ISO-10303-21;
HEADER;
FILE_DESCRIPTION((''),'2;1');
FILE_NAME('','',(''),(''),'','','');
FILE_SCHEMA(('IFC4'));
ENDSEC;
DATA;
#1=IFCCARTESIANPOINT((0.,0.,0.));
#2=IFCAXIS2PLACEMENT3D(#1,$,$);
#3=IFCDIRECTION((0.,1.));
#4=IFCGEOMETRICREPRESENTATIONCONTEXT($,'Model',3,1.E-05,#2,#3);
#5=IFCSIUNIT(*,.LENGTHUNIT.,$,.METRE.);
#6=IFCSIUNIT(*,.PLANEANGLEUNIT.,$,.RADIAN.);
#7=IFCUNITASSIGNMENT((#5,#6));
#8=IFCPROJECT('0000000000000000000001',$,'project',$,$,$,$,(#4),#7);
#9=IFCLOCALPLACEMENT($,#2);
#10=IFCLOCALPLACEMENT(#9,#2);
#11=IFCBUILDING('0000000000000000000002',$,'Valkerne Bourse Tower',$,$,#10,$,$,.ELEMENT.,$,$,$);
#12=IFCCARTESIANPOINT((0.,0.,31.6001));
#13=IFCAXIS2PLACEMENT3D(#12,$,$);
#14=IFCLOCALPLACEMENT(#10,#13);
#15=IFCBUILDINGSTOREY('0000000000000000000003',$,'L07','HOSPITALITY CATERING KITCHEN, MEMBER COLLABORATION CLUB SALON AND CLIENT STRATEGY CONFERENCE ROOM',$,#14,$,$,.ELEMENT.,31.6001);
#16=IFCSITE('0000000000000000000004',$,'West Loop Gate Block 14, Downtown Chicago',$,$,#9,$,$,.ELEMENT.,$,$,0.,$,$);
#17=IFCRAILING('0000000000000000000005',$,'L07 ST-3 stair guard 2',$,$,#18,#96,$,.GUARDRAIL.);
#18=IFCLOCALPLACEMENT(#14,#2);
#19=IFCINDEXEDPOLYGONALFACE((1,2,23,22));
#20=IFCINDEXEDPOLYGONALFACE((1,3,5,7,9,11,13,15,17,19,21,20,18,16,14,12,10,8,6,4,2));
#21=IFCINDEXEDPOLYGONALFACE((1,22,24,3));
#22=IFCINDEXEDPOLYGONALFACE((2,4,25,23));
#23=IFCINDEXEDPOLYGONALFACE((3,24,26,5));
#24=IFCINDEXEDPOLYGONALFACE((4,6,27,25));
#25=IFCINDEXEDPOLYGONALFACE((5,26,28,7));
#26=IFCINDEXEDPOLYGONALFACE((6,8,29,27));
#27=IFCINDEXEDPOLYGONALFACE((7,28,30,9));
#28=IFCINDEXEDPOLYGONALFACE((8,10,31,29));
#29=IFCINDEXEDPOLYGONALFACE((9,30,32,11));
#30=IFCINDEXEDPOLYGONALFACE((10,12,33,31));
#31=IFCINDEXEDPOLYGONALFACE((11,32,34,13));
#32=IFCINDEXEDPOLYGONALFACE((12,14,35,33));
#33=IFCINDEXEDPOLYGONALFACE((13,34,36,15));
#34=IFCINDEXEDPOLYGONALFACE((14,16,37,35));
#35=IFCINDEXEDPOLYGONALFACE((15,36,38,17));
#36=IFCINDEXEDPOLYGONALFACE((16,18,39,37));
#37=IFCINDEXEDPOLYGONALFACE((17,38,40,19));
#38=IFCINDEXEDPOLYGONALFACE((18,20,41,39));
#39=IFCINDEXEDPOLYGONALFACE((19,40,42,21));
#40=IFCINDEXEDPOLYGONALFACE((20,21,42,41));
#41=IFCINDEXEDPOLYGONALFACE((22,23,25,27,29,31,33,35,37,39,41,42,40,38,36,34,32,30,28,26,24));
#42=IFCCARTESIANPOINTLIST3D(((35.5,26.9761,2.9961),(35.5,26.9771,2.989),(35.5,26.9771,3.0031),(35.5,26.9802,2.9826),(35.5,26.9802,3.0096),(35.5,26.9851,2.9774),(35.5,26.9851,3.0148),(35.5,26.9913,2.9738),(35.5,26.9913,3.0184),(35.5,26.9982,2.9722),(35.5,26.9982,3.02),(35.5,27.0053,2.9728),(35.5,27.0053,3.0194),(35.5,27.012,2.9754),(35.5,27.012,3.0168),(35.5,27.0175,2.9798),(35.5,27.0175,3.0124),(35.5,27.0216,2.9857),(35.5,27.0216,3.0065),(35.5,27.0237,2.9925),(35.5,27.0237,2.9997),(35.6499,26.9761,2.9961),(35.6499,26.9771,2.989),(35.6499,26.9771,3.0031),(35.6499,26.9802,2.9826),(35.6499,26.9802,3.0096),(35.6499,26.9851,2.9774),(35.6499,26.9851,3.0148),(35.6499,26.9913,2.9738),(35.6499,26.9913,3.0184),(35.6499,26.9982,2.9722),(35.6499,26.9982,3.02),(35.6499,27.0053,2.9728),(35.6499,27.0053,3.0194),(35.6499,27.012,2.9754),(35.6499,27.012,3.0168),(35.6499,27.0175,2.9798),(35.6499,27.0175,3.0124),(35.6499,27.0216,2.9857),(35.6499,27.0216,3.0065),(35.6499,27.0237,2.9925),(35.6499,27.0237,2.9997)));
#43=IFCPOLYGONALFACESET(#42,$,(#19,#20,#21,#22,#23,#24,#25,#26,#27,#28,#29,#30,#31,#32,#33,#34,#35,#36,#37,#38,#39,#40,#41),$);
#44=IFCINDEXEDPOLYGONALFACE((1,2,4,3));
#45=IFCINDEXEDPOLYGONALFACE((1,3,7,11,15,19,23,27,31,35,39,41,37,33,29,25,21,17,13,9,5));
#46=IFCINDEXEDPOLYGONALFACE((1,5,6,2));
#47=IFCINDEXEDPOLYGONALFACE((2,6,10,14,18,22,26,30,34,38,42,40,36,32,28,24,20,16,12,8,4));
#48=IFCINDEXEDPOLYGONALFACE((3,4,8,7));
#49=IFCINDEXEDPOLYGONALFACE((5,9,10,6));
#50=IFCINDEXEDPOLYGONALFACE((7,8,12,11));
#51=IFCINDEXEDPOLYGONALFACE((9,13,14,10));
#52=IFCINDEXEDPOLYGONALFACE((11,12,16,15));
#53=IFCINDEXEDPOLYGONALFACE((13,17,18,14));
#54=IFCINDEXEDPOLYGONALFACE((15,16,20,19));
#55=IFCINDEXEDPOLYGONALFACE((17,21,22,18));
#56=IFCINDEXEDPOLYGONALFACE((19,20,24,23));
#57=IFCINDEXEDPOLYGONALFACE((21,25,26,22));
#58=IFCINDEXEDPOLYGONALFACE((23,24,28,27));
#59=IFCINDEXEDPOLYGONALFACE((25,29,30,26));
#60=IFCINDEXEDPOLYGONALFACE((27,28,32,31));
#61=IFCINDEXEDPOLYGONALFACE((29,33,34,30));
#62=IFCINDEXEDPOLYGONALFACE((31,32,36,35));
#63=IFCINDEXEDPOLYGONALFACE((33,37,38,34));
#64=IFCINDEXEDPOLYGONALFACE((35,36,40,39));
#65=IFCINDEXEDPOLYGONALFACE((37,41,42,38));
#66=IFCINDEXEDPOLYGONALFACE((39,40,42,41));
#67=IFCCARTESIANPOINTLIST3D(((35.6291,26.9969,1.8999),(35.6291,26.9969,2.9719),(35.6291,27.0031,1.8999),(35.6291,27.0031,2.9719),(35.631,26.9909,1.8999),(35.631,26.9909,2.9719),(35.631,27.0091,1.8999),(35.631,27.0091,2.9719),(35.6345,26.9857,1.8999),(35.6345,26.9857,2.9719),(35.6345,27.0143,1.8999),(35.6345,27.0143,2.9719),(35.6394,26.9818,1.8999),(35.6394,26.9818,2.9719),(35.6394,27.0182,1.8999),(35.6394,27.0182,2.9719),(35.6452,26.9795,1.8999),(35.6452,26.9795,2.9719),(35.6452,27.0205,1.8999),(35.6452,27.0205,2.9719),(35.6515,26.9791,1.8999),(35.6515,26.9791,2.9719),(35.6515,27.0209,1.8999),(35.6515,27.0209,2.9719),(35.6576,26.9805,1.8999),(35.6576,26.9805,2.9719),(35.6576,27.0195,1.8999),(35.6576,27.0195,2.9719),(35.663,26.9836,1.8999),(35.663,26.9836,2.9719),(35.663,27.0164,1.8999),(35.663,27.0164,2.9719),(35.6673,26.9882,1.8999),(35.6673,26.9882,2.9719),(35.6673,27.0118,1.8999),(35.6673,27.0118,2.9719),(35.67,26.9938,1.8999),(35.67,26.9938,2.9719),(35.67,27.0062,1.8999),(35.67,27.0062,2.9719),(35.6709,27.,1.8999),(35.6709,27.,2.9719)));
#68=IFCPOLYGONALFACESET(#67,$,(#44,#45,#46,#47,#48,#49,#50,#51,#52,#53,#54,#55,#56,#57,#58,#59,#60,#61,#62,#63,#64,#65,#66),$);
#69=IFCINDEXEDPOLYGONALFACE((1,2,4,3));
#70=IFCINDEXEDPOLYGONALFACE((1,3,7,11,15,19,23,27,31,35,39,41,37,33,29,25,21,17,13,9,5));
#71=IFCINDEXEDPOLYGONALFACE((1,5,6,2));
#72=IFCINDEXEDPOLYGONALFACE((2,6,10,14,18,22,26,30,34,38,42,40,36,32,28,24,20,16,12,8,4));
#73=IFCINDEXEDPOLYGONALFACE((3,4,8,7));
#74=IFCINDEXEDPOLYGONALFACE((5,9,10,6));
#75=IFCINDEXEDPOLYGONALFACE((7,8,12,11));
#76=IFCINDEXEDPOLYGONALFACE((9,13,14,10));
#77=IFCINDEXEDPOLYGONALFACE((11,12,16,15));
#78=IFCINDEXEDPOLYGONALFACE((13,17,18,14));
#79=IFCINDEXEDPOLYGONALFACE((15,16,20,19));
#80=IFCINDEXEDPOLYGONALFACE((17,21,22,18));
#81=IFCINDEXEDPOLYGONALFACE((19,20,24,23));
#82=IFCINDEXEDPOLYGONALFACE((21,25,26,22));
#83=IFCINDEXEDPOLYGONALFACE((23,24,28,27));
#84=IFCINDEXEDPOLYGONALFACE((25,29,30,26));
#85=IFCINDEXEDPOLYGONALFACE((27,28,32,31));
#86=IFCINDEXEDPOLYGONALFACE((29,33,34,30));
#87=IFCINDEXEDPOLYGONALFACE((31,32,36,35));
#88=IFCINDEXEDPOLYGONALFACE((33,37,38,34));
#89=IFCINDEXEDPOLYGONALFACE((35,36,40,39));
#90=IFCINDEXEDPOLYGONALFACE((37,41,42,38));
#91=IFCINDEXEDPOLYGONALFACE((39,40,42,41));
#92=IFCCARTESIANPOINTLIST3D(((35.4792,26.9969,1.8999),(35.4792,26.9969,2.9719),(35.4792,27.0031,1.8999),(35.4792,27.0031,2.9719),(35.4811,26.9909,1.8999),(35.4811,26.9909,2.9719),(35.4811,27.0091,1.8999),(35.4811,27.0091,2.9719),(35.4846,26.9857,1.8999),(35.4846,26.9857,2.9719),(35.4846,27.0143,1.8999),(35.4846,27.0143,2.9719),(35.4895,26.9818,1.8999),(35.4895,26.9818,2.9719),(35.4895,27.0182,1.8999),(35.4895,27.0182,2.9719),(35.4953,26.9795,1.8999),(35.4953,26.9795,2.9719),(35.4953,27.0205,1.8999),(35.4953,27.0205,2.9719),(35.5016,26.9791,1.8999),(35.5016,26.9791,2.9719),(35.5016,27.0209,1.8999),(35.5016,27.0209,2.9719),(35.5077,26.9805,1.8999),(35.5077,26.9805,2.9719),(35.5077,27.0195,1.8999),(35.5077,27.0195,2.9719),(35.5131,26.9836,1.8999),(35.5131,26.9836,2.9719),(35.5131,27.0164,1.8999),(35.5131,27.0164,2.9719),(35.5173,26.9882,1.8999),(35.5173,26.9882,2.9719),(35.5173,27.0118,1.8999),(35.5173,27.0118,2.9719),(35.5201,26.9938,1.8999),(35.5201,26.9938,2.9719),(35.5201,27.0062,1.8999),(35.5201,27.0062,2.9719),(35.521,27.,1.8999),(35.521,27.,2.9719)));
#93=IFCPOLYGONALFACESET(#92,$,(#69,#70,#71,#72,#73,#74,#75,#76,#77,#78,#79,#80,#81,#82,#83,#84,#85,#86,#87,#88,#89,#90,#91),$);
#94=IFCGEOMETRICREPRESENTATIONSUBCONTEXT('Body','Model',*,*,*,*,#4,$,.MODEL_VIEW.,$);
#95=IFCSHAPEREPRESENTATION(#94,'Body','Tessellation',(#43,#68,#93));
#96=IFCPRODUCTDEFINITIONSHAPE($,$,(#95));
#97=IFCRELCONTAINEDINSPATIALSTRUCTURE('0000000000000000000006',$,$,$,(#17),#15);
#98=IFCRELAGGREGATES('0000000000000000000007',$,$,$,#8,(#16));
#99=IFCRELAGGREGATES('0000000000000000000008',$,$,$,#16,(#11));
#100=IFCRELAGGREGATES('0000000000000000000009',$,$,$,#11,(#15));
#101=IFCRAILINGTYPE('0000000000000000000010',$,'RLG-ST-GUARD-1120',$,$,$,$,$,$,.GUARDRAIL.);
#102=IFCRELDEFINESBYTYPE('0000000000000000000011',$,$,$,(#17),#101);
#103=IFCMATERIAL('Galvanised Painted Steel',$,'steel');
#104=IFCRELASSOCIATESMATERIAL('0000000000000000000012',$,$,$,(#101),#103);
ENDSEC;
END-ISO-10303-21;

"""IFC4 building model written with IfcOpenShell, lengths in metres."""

from ifc_helpers import new_model, si_unit, direction, frame, origin, origin_2d, place, context, subcontext, project, spatial, circle, extrude, material, type_object, element, save


model = new_model("IFC4")

# Units and contexts
model_context = context("Model", 3, precision=1e-05, world=origin(), true_north=direction((0.0, 1.0)))
body_context = subcontext(model_context, "Body", "Model", "MODEL_VIEW")
ifc_project = project(units=[si_unit("LENGTHUNIT", "METRE"), si_unit("PLANEANGLEUNIT", "RADIAN")], contexts=[model_context])

# Site, building, storey
site_placement = place(None, origin())
site = spatial("IfcSite", under=ifc_project, at=site_placement, Name="West Loop Gate Block 14, Downtown Chicago", CompositionType="ELEMENT", RefElevation=0.0)
building_placement = place(site_placement, origin())
building = spatial("IfcBuilding", under=site, at=building_placement, Name="Valkerne Bourse Tower", CompositionType="ELEMENT")
storey_placement = place(building_placement, frame((0.0, 0.0, 31.6001)))
storey = spatial("IfcBuildingStorey", under=building, at=storey_placement, Name="L07", Description="HOSPITALITY CATERING KITCHEN, MEMBER COLLABORATION CLUB SALON AND CLIENT STRATEGY CONFERENCE ROOM", CompositionType="ELEMENT", Elevation=31.6001)

# Railing
ifc_material_1 = material(Name="Galvanised Painted Steel", Category="steel")
railing_type_1 = type_object("IfcRailingType", Name="RLG-ST-GUARD-1120", PredefinedType="GUARDRAIL", material=ifc_material_1)
railing_1_placement = place(storey_placement, frame((35.6499, 27.0, 1.8999)))
element("IfcRailing", 1, at=railing_1_placement, inside=storey, type_object=railing_type_1, Name="L07 ST-3 stair guard 2", PredefinedType="GUARDRAIL", context=body_context, shape_type="SweptSolid", body=[
    extrude(circle(Radius=0.0239, at=origin_2d()), frame((0.0, 0.0, 1.0962), z_axis=(-1.0, 0.0, 0.0), x_axis=(0.0, -1.0, 0.0)), (0.0, 0.0, 1.0), 0.1499),
    extrude(circle(Radius=0.021, at=origin_2d()), origin(), (0.0, 0.0, 1.0), 1.072),
    extrude(circle(Radius=0.021, at=origin_2d()), frame((-0.1499, 0.0, 0.0)), (0.0, 0.0, 1.0), 1.072),
])

save(model, "model.ifc")
